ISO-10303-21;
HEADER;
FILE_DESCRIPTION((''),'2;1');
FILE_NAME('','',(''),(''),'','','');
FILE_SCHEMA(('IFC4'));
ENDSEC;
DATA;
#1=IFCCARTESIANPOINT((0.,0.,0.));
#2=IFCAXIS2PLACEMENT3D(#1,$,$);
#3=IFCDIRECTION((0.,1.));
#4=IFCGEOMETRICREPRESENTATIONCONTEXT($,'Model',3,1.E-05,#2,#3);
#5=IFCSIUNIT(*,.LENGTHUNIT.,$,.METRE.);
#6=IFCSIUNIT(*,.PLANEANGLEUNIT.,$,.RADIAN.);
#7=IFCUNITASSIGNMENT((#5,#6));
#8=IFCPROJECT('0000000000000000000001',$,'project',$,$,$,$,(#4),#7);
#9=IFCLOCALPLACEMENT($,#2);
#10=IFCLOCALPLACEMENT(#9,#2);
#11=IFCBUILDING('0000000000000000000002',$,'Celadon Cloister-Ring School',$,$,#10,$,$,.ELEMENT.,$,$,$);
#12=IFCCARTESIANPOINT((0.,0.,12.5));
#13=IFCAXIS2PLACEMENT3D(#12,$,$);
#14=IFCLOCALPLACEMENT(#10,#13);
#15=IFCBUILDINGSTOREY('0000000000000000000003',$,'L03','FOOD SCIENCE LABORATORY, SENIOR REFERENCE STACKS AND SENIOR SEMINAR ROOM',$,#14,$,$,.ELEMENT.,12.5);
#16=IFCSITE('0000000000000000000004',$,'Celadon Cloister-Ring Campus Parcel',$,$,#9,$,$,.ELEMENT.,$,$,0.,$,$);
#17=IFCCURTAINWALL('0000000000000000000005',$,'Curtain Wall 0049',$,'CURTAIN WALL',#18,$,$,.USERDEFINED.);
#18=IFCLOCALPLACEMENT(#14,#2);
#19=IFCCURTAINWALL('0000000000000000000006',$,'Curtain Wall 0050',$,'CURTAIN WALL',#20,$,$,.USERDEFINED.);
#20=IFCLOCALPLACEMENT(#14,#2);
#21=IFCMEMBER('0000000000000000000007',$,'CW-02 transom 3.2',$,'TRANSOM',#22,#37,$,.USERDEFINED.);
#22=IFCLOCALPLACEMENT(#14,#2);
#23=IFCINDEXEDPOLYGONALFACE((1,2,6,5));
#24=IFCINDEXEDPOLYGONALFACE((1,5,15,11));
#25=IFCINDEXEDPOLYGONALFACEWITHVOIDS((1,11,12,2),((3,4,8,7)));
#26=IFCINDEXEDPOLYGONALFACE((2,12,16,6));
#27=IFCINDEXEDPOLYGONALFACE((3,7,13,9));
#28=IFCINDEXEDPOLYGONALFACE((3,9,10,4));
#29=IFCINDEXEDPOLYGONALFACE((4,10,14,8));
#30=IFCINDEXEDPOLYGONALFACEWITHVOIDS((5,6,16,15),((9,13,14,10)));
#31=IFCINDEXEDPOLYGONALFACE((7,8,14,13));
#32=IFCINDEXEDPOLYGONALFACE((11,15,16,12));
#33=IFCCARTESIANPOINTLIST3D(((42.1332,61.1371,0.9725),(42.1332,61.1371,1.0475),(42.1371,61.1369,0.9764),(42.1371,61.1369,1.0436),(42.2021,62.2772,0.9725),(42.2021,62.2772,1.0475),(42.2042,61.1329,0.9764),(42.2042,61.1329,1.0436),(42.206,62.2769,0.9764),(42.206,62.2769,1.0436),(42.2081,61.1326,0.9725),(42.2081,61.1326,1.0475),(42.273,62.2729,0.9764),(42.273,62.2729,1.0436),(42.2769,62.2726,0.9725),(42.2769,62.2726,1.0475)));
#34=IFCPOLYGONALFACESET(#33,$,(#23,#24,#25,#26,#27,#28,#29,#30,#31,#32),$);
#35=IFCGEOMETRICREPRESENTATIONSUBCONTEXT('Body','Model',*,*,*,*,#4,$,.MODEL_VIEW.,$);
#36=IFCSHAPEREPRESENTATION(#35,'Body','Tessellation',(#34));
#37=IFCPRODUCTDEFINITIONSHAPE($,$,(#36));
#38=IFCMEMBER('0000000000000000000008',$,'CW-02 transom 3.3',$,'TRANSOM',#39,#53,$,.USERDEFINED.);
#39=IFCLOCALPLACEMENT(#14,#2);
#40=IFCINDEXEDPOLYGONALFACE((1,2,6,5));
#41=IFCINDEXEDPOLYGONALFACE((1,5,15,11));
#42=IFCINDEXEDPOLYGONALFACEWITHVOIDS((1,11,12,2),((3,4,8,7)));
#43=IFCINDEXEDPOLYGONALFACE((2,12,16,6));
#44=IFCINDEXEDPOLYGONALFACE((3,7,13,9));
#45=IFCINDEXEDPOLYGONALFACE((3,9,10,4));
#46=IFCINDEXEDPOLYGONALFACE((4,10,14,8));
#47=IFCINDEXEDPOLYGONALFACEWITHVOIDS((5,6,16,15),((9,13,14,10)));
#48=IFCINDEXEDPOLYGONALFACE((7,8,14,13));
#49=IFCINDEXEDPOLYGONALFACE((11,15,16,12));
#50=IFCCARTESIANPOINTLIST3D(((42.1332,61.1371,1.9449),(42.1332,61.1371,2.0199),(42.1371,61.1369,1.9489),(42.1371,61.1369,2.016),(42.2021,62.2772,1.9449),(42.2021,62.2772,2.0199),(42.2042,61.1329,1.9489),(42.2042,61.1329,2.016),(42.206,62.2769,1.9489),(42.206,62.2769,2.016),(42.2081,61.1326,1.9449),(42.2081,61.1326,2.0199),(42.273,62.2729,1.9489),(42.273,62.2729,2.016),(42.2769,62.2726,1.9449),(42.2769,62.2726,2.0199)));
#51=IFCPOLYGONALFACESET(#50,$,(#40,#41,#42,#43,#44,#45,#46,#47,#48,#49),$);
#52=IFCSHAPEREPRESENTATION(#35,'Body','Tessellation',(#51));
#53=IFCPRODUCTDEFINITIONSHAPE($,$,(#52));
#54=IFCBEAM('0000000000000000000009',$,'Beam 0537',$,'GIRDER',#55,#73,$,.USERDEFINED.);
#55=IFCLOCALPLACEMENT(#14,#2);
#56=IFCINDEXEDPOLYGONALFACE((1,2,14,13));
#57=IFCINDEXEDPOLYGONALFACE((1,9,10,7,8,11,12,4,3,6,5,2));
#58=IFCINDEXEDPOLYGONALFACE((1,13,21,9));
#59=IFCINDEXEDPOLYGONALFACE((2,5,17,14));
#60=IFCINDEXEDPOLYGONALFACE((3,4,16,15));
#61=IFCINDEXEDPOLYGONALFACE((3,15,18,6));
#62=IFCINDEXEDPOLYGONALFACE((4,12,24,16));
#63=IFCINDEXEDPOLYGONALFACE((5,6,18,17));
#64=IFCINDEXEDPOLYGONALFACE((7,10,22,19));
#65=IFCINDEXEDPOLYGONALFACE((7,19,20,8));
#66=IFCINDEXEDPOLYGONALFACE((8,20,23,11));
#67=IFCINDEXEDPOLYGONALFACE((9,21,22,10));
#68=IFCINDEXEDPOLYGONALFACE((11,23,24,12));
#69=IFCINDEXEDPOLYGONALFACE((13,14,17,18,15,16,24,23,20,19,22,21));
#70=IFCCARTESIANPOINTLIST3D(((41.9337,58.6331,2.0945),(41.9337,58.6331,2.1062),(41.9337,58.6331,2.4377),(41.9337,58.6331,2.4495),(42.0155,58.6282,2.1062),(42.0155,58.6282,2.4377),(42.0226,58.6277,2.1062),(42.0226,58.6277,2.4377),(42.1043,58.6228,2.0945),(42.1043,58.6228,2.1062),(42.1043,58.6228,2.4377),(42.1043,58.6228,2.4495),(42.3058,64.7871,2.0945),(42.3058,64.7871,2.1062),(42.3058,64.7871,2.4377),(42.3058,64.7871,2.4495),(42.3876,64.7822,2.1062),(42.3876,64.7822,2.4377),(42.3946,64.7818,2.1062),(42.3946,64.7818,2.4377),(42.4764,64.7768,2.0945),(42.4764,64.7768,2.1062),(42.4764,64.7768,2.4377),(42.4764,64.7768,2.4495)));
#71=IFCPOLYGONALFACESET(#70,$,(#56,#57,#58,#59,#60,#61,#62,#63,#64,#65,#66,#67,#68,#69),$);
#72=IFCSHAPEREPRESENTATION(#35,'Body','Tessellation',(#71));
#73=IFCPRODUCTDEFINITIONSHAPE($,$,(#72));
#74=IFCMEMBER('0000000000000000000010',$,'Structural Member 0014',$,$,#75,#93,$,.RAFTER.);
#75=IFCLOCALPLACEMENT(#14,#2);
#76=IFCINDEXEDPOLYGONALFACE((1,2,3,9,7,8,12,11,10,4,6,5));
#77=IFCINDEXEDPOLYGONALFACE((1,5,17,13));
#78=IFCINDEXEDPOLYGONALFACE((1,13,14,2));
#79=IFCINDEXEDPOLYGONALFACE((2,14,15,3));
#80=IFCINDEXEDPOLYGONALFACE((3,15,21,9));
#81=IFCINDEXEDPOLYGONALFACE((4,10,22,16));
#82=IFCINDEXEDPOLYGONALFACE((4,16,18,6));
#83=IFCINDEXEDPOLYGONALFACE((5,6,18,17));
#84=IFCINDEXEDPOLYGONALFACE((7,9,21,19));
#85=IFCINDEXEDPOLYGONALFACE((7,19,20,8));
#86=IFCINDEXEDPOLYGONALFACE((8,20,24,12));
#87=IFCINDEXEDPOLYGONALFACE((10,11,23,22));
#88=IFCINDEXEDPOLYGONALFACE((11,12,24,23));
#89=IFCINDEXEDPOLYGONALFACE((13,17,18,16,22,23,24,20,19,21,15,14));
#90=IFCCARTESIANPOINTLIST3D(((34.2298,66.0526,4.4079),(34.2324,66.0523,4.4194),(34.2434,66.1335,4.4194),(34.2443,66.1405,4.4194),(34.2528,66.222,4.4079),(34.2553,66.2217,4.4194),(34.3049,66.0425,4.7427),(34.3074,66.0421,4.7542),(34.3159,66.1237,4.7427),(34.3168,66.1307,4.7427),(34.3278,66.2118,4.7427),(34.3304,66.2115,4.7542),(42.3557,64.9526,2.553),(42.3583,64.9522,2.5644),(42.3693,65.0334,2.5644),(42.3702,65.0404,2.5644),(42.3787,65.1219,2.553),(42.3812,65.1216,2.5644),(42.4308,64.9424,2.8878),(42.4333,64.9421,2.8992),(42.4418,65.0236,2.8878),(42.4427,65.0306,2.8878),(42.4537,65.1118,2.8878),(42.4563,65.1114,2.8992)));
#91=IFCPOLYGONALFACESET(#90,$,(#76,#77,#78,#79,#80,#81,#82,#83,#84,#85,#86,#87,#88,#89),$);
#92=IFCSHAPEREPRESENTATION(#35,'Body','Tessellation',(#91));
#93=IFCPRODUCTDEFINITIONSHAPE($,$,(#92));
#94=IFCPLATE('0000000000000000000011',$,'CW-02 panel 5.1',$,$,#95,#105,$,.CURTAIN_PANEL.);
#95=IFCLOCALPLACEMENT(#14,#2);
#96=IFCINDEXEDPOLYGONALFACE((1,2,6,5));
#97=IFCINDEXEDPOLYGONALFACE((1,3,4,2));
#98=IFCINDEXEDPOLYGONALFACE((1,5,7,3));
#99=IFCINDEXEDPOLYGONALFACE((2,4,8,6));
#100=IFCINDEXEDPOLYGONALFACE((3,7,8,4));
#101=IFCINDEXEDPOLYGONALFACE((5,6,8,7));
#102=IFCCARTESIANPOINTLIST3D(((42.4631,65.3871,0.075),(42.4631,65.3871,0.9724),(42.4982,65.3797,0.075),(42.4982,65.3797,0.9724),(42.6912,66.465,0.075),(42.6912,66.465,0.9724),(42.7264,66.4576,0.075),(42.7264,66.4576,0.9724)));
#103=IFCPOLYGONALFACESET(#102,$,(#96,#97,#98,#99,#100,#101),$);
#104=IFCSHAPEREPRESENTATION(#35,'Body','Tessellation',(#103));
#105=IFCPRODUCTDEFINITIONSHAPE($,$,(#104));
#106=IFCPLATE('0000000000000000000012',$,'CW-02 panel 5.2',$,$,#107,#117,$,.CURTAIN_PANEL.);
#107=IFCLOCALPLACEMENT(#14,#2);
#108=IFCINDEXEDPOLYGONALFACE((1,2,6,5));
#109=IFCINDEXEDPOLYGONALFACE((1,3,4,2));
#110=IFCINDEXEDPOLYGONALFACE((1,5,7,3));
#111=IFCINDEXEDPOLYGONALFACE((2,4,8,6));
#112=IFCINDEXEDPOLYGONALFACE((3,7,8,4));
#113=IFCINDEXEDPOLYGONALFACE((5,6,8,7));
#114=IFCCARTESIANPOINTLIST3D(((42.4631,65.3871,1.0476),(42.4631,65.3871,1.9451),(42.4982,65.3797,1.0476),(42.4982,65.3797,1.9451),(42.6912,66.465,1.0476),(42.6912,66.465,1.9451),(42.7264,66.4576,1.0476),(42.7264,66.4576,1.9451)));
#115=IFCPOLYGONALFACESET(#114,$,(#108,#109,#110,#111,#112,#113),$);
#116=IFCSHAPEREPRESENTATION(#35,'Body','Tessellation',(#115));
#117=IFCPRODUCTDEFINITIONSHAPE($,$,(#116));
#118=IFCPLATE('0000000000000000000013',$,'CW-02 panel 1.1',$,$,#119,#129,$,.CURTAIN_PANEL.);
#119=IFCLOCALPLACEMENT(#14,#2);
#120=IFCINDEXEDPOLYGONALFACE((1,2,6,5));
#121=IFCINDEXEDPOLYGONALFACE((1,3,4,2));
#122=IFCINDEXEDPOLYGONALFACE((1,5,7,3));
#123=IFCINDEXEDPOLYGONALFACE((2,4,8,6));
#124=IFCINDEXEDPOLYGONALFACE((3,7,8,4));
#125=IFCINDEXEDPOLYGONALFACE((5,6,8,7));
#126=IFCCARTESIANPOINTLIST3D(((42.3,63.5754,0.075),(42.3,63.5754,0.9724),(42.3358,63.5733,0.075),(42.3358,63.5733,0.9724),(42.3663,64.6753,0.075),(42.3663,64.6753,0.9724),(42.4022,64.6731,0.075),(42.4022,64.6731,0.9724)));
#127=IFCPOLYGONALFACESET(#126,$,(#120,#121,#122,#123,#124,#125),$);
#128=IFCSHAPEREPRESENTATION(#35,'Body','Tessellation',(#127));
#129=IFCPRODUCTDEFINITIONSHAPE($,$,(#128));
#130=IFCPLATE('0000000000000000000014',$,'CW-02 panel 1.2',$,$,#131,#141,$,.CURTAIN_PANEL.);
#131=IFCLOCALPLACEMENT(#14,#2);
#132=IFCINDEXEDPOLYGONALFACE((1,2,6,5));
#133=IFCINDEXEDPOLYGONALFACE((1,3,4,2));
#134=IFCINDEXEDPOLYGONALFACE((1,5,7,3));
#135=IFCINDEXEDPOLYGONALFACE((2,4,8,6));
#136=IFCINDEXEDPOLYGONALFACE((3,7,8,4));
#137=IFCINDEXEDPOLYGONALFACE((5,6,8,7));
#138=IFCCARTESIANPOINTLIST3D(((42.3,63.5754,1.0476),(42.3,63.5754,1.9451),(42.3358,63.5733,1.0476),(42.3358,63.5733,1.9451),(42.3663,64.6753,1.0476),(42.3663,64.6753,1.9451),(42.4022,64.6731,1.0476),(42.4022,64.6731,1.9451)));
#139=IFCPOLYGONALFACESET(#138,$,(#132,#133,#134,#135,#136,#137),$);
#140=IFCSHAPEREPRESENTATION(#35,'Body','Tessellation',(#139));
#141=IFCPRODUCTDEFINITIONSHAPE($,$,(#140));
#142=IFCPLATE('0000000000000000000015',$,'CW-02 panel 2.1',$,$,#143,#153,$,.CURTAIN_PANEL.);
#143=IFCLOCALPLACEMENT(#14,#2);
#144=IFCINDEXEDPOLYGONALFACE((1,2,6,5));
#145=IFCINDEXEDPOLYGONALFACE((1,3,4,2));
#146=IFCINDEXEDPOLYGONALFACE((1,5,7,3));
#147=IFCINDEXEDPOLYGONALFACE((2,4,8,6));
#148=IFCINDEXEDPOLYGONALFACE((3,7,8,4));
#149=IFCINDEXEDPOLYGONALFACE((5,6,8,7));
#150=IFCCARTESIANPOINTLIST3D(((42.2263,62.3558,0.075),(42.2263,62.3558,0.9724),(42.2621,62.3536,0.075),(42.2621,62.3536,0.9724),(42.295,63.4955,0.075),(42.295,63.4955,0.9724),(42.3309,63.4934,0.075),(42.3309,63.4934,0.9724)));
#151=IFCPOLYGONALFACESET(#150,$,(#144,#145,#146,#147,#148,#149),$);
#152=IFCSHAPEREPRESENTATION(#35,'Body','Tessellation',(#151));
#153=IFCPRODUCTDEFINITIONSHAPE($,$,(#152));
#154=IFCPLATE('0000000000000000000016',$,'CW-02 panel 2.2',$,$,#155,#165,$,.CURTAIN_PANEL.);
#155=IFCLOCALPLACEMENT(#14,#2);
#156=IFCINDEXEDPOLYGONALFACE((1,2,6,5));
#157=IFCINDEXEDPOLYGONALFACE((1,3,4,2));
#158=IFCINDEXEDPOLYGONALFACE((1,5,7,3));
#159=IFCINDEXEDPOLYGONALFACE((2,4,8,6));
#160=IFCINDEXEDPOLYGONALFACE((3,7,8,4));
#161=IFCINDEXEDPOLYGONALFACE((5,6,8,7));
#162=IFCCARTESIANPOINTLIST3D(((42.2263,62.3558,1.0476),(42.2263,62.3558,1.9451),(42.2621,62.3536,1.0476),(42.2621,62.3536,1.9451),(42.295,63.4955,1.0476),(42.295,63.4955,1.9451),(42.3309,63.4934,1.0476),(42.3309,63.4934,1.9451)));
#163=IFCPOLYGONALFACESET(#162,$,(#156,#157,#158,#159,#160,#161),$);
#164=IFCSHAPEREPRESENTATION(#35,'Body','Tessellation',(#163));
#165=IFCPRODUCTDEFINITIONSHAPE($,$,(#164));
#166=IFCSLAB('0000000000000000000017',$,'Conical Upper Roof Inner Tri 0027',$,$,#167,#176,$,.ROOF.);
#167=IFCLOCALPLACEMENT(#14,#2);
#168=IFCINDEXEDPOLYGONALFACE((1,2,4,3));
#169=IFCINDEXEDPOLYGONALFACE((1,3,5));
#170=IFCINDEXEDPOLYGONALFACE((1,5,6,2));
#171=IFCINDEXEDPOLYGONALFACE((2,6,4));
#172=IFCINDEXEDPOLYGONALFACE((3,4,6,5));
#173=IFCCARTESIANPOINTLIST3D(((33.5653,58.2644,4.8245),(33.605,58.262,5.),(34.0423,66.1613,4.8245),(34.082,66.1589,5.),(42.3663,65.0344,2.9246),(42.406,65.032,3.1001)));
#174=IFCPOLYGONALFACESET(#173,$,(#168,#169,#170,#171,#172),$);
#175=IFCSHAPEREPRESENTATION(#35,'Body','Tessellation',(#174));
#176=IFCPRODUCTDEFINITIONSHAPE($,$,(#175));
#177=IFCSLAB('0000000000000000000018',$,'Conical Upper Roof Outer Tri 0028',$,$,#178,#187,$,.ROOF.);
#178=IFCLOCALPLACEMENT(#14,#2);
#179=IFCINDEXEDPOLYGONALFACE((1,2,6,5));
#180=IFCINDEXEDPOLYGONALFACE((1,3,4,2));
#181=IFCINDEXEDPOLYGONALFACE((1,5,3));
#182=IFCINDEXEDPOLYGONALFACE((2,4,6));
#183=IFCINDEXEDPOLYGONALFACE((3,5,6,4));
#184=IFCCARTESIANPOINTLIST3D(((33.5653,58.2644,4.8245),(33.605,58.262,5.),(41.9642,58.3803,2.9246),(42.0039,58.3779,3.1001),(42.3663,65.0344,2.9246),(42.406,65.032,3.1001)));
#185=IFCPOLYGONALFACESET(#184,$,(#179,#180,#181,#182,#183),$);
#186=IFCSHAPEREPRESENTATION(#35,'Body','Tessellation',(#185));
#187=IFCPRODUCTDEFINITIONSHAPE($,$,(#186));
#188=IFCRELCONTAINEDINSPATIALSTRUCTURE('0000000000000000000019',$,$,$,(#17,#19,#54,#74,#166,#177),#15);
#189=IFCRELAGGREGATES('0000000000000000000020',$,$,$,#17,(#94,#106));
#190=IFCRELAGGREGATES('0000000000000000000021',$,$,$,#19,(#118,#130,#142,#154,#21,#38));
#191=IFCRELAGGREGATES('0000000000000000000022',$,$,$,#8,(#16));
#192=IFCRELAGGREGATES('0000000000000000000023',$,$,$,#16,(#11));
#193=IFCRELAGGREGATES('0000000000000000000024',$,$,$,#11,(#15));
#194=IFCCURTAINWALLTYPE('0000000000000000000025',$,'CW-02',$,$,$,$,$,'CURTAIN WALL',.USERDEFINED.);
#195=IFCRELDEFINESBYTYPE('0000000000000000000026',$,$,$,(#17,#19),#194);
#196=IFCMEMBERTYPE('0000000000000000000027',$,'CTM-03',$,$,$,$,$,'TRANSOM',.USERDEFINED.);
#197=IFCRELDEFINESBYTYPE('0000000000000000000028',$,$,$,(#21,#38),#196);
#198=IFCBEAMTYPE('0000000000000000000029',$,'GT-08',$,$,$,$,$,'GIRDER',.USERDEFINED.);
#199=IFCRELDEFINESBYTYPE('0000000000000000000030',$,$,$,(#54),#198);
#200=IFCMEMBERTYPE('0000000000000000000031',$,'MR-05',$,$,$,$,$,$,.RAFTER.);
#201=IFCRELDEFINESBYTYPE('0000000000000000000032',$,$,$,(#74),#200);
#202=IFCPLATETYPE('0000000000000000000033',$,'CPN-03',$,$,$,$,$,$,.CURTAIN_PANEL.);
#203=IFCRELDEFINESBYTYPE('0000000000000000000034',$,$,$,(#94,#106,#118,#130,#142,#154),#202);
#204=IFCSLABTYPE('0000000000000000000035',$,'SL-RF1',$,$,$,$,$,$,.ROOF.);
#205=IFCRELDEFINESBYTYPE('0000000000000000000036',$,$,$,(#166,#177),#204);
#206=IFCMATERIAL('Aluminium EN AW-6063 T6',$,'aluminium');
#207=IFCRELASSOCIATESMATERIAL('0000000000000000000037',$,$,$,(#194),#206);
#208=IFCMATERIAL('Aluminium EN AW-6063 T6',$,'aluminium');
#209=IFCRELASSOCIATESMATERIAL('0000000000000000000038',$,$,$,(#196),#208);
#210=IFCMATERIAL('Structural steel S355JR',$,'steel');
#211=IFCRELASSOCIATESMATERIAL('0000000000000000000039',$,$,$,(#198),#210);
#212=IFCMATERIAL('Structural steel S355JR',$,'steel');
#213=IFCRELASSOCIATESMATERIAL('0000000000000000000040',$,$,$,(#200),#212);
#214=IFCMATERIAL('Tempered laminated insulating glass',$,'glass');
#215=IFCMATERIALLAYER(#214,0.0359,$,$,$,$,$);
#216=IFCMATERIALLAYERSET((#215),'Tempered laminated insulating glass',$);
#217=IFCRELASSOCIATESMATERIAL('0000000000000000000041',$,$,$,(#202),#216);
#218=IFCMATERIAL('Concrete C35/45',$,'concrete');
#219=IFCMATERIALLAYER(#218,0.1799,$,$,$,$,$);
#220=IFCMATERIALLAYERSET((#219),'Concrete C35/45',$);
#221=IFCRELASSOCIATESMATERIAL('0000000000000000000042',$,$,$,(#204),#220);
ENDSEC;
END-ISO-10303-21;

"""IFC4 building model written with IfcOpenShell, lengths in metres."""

from ifc_helpers import new_model, si_unit, direction, frame, origin, origin_2d, place, context, subcontext, project, spatial, polyline, rectangle, hollow_rectangle, i_section, outline, extrude, material, layer, layer_set, material_profile, profile_set, type_object, element, aggregate, save


model = new_model("IFC4")

# Units and contexts
model_context = context("Model", 3, precision=1e-05, world=origin(), true_north=direction((0.0, 1.0)))
body_context = subcontext(model_context, "Body", "Model", "MODEL_VIEW")
ifc_project = project(units=[si_unit("LENGTHUNIT", "METRE"), si_unit("PLANEANGLEUNIT", "RADIAN")], contexts=[model_context])

# Site, building, storey
site_placement = place(None, origin())
site = spatial("IfcSite", under=ifc_project, at=site_placement, Name="Celadon Cloister-Ring Campus Parcel", CompositionType="ELEMENT", RefElevation=0.0)
building_placement = place(site_placement, origin())
building = spatial("IfcBuilding", under=site, at=building_placement, Name="Celadon Cloister-Ring School", CompositionType="ELEMENT")
storey_placement = place(building_placement, frame((0.0, 0.0, 12.5)))
storey = spatial("IfcBuildingStorey", under=building, at=storey_placement, Name="L03", Description="FOOD SCIENCE LABORATORY, SENIOR REFERENCE STACKS AND SENIOR SEMINAR ROOM", CompositionType="ELEMENT", Elevation=12.5)

# Curtain wall
ifc_material_1 = material(Name="Aluminium EN AW-6063 T6", Category="aluminium")
curtain_wall_type = type_object("IfcCurtainWallType", Name="CW-02", ElementType="CURTAIN WALL", PredefinedType="USERDEFINED", material=ifc_material_1)
curtain_wall_1_placement = place(storey_placement, origin())
curtain_wall_1 = element("IfcCurtainWall", 1, at=curtain_wall_1_placement, inside=storey, type_object=curtain_wall_type, Name="Curtain Wall 0049", ObjectType="CURTAIN WALL", PredefinedType="USERDEFINED")

# Curtain wall, members
curtain_wall_2_placement = place(storey_placement, origin())
curtain_wall_2 = element("IfcCurtainWall", 2, at=curtain_wall_2_placement, inside=storey, type_object=curtain_wall_type, Name="Curtain Wall 0050", ObjectType="CURTAIN WALL", PredefinedType="USERDEFINED")
ifc_material_2 = material(Name="Aluminium EN AW-6063 T6", Category="aluminium")
ifc_material_profile_1 = material_profile(ifc_material_2, hollow_rectangle(XDim=0.075, YDim=0.075, WallThickness=0.0039, at=origin_2d()), Name="RHS75X75X4")
ifc_profile_set_1 = profile_set([ifc_material_profile_1], Name="Aluminium EN AW-6063 T6")
member_type_1 = type_object("IfcMemberType", Name="CTM-03", ElementType="TRANSOM", PredefinedType="USERDEFINED", material=ifc_profile_set_1)
member_1_placement = place(storey_placement, frame((42.2395, 62.2749, 1.01), z_axis=(-0.060289, -0.998181, 0.0), x_axis=(0.998181, -0.060289, 0.0)))
member_1 = element("IfcMember", 3, at=member_1_placement, type_object=member_type_1, Name="CW-02 transom 3.2", ObjectType="TRANSOM", PredefinedType="USERDEFINED", context=body_context, shape_type="SweptSolid", body=[
    extrude(hollow_rectangle(XDim=0.075, YDim=0.075, WallThickness=0.0039, at=origin_2d()), origin(), (0.0, 0.0, 1.0), 1.1421),
])
member_2_placement = place(storey_placement, frame((42.2395, 62.2749, 1.9824), z_axis=(-0.060289, -0.998181, 0.0), x_axis=(0.998181, -0.060289, 0.0)))
member_2 = element("IfcMember", 4, at=member_2_placement, type_object=member_type_1, Name="CW-02 transom 3.3", ObjectType="TRANSOM", PredefinedType="USERDEFINED", context=body_context, shape_type="SweptSolid", body=[
    extrude(hollow_rectangle(XDim=0.075, YDim=0.075, WallThickness=0.0039, at=origin_2d()), origin(), (0.0, 0.0, 1.0), 1.1421),
])

# Beam
ifc_material_3 = material(Name="Structural steel S355JR", Category="steel")
ifc_material_profile_2 = material_profile(ifc_material_3, i_section(OverallWidth=0.1709, OverallDepth=0.355, WebThickness=0.0071, FlangeThickness=0.0117, at=origin_2d()), Name="W360X51")
ifc_profile_set_2 = profile_set([ifc_material_profile_2], Name="Structural steel S355JR")
beam_type = type_object("IfcBeamType", Name="GT-08", ElementType="GIRDER", PredefinedType="USERDEFINED", material=ifc_profile_set_2)
beam_placement = place(storey_placement, frame((42.3911, 64.782, 2.272), z_axis=(-0.060349, -0.998177, 0.0), x_axis=(0.998177, -0.060349, 0.0)))
element("IfcBeam", 5, at=beam_placement, inside=storey, type_object=beam_type, Name="Beam 0537", ObjectType="GIRDER", PredefinedType="USERDEFINED", context=body_context, shape_type="SweptSolid", body=[
    extrude(i_section(OverallWidth=0.1709, OverallDepth=0.355, WebThickness=0.0071, FlangeThickness=0.0117, at=origin_2d()), origin(), (0.0, 0.0, 1.0), 6.1653),
])

# Member
ifc_material_4 = material(Name="Structural steel S355JR", Category="steel")
ifc_material_profile_3 = material_profile(ifc_material_4, i_section(OverallWidth=0.1709, OverallDepth=0.355, WebThickness=0.0071, FlangeThickness=0.0117, at=origin_2d()), Name="W360X51")
ifc_profile_set_3 = profile_set([ifc_material_profile_3], Name="Structural steel S355JR")
member_type_2 = type_object("IfcMemberType", Name="MR-05", PredefinedType="RAFTER", material=ifc_profile_set_3)
member_3_placement = place(storey_placement, frame((42.406, 65.032, 2.7261), z_axis=(-0.966538, 0.13085, 0.220639), x_axis=(-0.134157, -0.99096, 0.0)))
element("IfcMember", 6, at=member_3_placement, inside=storey, type_object=member_type_2, Name="Structural Member 0014", PredefinedType="RAFTER", context=body_context, shape_type="SweptSolid", body=[
    extrude(i_section(OverallWidth=0.1709, OverallDepth=0.355, WebThickness=0.0071, FlangeThickness=0.0117, at=origin_2d()), origin(), (0.0, 0.0, 1.0), 8.4072),
])

# Plates
ifc_material_5 = material(Name="Tempered laminated insulating glass", Category="glass")
ifc_layer_1 = layer(ifc_material_5, 0.0359)
ifc_layer_set_1 = layer_set([ifc_layer_1], Name="Tempered laminated insulating glass")
plate_type = type_object("IfcPlateType", Name="CPN-03", PredefinedType="CURTAIN_PANEL", material=ifc_layer_set_1)
plate_1_placement = place(storey_placement, frame((42.5947, 65.9224, 0.075), z_axis=(0.0, 0.0, 1.0), x_axis=(-0.207058, -0.978329, 0.0)))
plate_1 = element("IfcPlate", 7, at=plate_1_placement, type_object=plate_type, Name="CW-02 panel 5.1", PredefinedType="CURTAIN_PANEL", context=body_context, shape_type="SweptSolid", body=[
    extrude(rectangle(XDim=1.1018, YDim=0.0359, at=origin_2d()), origin(), (0.0, 0.0, 1.0), 0.8975),
])
plate_2_placement = place(storey_placement, frame((42.5947, 65.9224, 1.0476), z_axis=(0.0, 0.0, 1.0), x_axis=(-0.207058, -0.978329, 0.0)))
plate_2 = element("IfcPlate", 8, at=plate_2_placement, type_object=plate_type, Name="CW-02 panel 5.2", PredefinedType="CURTAIN_PANEL", context=body_context, shape_type="SweptSolid", body=[
    extrude(rectangle(XDim=1.1018, YDim=0.0359, at=origin_2d()), origin(), (0.0, 0.0, 1.0), 0.8975),
])
aggregate(curtain_wall_1, [plate_1, plate_2])
plate_3_placement = place(storey_placement, frame((42.3511, 64.1243, 0.075), z_axis=(0.0, 0.0, 1.0), x_axis=(-0.060238, -0.998184, 0.0)))
plate_3 = element("IfcPlate", 9, at=plate_3_placement, type_object=plate_type, Name="CW-02 panel 1.1", PredefinedType="CURTAIN_PANEL", context=body_context, shape_type="SweptSolid", body=[
    extrude(rectangle(XDim=1.1018, YDim=0.0359, at=origin_2d()), origin(), (0.0, 0.0, 1.0), 0.8975),
])
plate_4_placement = place(storey_placement, frame((42.3511, 64.1243, 1.0476), z_axis=(0.0, 0.0, 1.0), x_axis=(-0.060238, -0.998184, 0.0)))
plate_4 = element("IfcPlate", 10, at=plate_4_placement, type_object=plate_type, Name="CW-02 panel 1.2", PredefinedType="CURTAIN_PANEL", context=body_context, shape_type="SweptSolid", body=[
    extrude(rectangle(XDim=1.1018, YDim=0.0359, at=origin_2d()), origin(), (0.0, 0.0, 1.0), 0.8975),
])
plate_5_placement = place(storey_placement, frame((42.2786, 62.9246, 0.075), z_axis=(0.0, 0.0, 1.0), x_axis=(-0.060238, -0.998184, 0.0)))
plate_5 = element("IfcPlate", 11, at=plate_5_placement, type_object=plate_type, Name="CW-02 panel 2.1", PredefinedType="CURTAIN_PANEL", context=body_context, shape_type="SweptSolid", body=[
    extrude(rectangle(XDim=1.1418, YDim=0.0359, at=origin_2d()), origin(), (0.0, 0.0, 1.0), 0.8975),
])
plate_6_placement = place(storey_placement, frame((42.2786, 62.9246, 1.0476), z_axis=(0.0, 0.0, 1.0), x_axis=(-0.060238, -0.998184, 0.0)))
plate_6 = element("IfcPlate", 12, at=plate_6_placement, type_object=plate_type, Name="CW-02 panel 2.2", PredefinedType="CURTAIN_PANEL", context=body_context, shape_type="SweptSolid", body=[
    extrude(rectangle(XDim=1.1418, YDim=0.0359, at=origin_2d()), origin(), (0.0, 0.0, 1.0), 0.8975),
])
aggregate(curtain_wall_2, [plate_3, plate_4, plate_5, plate_6, member_1, member_2])

# Slabs
ifc_material_6 = material(Name="Concrete C35/45", Category="concrete")
ifc_layer_2 = layer(ifc_material_6, 0.1799)
ifc_layer_set_2 = layer_set([ifc_layer_2], Name="Concrete C35/45")
slab_type = type_object("IfcSlabType", Name="SL-RF1", PredefinedType="ROOF", material=ifc_layer_set_2)
slab_1_placement = place(storey_placement, frame((42.406, 65.032, 3.1001), z_axis=(0.220786, -0.013338, 0.975231), x_axis=(-0.966545, 0.130857, 0.220609)))
element("IfcSlab", 13, at=slab_1_placement, inside=storey, type_object=slab_type, Name="Conical Upper Roof Inner Tri 0027", PredefinedType="ROOF", context=body_context, shape_type="SweptSolid", body=[
    extrude(outline(polyline([(0.0, 0.0), (8.6121, 0.0), (8.0398, 7.8906), (0.0, 0.0)])), origin(), (0.0, 0.0, -1.0), 0.1799),
])
slab_2_placement = place(storey_placement, frame((42.406, 65.032, 3.1001), z_axis=(0.220789, -0.013342, 0.97523), x_axis=(-0.78127, -0.600977, 0.168655)))
element("IfcSlab", 14, at=slab_2_placement, inside=storey, type_object=slab_type, Name="Conical Upper Roof Outer Tri 0028", PredefinedType="ROOF", context=body_context, shape_type="SweptSolid", body=[
    extrude(outline(polyline([(0.0, 0.0), (11.265, 0.0), (4.3131, 5.0829), (0.0, 0.0)])), origin(), (0.0, 0.0, -1.0), 0.1799),
])

save(model, "model.ifc")
